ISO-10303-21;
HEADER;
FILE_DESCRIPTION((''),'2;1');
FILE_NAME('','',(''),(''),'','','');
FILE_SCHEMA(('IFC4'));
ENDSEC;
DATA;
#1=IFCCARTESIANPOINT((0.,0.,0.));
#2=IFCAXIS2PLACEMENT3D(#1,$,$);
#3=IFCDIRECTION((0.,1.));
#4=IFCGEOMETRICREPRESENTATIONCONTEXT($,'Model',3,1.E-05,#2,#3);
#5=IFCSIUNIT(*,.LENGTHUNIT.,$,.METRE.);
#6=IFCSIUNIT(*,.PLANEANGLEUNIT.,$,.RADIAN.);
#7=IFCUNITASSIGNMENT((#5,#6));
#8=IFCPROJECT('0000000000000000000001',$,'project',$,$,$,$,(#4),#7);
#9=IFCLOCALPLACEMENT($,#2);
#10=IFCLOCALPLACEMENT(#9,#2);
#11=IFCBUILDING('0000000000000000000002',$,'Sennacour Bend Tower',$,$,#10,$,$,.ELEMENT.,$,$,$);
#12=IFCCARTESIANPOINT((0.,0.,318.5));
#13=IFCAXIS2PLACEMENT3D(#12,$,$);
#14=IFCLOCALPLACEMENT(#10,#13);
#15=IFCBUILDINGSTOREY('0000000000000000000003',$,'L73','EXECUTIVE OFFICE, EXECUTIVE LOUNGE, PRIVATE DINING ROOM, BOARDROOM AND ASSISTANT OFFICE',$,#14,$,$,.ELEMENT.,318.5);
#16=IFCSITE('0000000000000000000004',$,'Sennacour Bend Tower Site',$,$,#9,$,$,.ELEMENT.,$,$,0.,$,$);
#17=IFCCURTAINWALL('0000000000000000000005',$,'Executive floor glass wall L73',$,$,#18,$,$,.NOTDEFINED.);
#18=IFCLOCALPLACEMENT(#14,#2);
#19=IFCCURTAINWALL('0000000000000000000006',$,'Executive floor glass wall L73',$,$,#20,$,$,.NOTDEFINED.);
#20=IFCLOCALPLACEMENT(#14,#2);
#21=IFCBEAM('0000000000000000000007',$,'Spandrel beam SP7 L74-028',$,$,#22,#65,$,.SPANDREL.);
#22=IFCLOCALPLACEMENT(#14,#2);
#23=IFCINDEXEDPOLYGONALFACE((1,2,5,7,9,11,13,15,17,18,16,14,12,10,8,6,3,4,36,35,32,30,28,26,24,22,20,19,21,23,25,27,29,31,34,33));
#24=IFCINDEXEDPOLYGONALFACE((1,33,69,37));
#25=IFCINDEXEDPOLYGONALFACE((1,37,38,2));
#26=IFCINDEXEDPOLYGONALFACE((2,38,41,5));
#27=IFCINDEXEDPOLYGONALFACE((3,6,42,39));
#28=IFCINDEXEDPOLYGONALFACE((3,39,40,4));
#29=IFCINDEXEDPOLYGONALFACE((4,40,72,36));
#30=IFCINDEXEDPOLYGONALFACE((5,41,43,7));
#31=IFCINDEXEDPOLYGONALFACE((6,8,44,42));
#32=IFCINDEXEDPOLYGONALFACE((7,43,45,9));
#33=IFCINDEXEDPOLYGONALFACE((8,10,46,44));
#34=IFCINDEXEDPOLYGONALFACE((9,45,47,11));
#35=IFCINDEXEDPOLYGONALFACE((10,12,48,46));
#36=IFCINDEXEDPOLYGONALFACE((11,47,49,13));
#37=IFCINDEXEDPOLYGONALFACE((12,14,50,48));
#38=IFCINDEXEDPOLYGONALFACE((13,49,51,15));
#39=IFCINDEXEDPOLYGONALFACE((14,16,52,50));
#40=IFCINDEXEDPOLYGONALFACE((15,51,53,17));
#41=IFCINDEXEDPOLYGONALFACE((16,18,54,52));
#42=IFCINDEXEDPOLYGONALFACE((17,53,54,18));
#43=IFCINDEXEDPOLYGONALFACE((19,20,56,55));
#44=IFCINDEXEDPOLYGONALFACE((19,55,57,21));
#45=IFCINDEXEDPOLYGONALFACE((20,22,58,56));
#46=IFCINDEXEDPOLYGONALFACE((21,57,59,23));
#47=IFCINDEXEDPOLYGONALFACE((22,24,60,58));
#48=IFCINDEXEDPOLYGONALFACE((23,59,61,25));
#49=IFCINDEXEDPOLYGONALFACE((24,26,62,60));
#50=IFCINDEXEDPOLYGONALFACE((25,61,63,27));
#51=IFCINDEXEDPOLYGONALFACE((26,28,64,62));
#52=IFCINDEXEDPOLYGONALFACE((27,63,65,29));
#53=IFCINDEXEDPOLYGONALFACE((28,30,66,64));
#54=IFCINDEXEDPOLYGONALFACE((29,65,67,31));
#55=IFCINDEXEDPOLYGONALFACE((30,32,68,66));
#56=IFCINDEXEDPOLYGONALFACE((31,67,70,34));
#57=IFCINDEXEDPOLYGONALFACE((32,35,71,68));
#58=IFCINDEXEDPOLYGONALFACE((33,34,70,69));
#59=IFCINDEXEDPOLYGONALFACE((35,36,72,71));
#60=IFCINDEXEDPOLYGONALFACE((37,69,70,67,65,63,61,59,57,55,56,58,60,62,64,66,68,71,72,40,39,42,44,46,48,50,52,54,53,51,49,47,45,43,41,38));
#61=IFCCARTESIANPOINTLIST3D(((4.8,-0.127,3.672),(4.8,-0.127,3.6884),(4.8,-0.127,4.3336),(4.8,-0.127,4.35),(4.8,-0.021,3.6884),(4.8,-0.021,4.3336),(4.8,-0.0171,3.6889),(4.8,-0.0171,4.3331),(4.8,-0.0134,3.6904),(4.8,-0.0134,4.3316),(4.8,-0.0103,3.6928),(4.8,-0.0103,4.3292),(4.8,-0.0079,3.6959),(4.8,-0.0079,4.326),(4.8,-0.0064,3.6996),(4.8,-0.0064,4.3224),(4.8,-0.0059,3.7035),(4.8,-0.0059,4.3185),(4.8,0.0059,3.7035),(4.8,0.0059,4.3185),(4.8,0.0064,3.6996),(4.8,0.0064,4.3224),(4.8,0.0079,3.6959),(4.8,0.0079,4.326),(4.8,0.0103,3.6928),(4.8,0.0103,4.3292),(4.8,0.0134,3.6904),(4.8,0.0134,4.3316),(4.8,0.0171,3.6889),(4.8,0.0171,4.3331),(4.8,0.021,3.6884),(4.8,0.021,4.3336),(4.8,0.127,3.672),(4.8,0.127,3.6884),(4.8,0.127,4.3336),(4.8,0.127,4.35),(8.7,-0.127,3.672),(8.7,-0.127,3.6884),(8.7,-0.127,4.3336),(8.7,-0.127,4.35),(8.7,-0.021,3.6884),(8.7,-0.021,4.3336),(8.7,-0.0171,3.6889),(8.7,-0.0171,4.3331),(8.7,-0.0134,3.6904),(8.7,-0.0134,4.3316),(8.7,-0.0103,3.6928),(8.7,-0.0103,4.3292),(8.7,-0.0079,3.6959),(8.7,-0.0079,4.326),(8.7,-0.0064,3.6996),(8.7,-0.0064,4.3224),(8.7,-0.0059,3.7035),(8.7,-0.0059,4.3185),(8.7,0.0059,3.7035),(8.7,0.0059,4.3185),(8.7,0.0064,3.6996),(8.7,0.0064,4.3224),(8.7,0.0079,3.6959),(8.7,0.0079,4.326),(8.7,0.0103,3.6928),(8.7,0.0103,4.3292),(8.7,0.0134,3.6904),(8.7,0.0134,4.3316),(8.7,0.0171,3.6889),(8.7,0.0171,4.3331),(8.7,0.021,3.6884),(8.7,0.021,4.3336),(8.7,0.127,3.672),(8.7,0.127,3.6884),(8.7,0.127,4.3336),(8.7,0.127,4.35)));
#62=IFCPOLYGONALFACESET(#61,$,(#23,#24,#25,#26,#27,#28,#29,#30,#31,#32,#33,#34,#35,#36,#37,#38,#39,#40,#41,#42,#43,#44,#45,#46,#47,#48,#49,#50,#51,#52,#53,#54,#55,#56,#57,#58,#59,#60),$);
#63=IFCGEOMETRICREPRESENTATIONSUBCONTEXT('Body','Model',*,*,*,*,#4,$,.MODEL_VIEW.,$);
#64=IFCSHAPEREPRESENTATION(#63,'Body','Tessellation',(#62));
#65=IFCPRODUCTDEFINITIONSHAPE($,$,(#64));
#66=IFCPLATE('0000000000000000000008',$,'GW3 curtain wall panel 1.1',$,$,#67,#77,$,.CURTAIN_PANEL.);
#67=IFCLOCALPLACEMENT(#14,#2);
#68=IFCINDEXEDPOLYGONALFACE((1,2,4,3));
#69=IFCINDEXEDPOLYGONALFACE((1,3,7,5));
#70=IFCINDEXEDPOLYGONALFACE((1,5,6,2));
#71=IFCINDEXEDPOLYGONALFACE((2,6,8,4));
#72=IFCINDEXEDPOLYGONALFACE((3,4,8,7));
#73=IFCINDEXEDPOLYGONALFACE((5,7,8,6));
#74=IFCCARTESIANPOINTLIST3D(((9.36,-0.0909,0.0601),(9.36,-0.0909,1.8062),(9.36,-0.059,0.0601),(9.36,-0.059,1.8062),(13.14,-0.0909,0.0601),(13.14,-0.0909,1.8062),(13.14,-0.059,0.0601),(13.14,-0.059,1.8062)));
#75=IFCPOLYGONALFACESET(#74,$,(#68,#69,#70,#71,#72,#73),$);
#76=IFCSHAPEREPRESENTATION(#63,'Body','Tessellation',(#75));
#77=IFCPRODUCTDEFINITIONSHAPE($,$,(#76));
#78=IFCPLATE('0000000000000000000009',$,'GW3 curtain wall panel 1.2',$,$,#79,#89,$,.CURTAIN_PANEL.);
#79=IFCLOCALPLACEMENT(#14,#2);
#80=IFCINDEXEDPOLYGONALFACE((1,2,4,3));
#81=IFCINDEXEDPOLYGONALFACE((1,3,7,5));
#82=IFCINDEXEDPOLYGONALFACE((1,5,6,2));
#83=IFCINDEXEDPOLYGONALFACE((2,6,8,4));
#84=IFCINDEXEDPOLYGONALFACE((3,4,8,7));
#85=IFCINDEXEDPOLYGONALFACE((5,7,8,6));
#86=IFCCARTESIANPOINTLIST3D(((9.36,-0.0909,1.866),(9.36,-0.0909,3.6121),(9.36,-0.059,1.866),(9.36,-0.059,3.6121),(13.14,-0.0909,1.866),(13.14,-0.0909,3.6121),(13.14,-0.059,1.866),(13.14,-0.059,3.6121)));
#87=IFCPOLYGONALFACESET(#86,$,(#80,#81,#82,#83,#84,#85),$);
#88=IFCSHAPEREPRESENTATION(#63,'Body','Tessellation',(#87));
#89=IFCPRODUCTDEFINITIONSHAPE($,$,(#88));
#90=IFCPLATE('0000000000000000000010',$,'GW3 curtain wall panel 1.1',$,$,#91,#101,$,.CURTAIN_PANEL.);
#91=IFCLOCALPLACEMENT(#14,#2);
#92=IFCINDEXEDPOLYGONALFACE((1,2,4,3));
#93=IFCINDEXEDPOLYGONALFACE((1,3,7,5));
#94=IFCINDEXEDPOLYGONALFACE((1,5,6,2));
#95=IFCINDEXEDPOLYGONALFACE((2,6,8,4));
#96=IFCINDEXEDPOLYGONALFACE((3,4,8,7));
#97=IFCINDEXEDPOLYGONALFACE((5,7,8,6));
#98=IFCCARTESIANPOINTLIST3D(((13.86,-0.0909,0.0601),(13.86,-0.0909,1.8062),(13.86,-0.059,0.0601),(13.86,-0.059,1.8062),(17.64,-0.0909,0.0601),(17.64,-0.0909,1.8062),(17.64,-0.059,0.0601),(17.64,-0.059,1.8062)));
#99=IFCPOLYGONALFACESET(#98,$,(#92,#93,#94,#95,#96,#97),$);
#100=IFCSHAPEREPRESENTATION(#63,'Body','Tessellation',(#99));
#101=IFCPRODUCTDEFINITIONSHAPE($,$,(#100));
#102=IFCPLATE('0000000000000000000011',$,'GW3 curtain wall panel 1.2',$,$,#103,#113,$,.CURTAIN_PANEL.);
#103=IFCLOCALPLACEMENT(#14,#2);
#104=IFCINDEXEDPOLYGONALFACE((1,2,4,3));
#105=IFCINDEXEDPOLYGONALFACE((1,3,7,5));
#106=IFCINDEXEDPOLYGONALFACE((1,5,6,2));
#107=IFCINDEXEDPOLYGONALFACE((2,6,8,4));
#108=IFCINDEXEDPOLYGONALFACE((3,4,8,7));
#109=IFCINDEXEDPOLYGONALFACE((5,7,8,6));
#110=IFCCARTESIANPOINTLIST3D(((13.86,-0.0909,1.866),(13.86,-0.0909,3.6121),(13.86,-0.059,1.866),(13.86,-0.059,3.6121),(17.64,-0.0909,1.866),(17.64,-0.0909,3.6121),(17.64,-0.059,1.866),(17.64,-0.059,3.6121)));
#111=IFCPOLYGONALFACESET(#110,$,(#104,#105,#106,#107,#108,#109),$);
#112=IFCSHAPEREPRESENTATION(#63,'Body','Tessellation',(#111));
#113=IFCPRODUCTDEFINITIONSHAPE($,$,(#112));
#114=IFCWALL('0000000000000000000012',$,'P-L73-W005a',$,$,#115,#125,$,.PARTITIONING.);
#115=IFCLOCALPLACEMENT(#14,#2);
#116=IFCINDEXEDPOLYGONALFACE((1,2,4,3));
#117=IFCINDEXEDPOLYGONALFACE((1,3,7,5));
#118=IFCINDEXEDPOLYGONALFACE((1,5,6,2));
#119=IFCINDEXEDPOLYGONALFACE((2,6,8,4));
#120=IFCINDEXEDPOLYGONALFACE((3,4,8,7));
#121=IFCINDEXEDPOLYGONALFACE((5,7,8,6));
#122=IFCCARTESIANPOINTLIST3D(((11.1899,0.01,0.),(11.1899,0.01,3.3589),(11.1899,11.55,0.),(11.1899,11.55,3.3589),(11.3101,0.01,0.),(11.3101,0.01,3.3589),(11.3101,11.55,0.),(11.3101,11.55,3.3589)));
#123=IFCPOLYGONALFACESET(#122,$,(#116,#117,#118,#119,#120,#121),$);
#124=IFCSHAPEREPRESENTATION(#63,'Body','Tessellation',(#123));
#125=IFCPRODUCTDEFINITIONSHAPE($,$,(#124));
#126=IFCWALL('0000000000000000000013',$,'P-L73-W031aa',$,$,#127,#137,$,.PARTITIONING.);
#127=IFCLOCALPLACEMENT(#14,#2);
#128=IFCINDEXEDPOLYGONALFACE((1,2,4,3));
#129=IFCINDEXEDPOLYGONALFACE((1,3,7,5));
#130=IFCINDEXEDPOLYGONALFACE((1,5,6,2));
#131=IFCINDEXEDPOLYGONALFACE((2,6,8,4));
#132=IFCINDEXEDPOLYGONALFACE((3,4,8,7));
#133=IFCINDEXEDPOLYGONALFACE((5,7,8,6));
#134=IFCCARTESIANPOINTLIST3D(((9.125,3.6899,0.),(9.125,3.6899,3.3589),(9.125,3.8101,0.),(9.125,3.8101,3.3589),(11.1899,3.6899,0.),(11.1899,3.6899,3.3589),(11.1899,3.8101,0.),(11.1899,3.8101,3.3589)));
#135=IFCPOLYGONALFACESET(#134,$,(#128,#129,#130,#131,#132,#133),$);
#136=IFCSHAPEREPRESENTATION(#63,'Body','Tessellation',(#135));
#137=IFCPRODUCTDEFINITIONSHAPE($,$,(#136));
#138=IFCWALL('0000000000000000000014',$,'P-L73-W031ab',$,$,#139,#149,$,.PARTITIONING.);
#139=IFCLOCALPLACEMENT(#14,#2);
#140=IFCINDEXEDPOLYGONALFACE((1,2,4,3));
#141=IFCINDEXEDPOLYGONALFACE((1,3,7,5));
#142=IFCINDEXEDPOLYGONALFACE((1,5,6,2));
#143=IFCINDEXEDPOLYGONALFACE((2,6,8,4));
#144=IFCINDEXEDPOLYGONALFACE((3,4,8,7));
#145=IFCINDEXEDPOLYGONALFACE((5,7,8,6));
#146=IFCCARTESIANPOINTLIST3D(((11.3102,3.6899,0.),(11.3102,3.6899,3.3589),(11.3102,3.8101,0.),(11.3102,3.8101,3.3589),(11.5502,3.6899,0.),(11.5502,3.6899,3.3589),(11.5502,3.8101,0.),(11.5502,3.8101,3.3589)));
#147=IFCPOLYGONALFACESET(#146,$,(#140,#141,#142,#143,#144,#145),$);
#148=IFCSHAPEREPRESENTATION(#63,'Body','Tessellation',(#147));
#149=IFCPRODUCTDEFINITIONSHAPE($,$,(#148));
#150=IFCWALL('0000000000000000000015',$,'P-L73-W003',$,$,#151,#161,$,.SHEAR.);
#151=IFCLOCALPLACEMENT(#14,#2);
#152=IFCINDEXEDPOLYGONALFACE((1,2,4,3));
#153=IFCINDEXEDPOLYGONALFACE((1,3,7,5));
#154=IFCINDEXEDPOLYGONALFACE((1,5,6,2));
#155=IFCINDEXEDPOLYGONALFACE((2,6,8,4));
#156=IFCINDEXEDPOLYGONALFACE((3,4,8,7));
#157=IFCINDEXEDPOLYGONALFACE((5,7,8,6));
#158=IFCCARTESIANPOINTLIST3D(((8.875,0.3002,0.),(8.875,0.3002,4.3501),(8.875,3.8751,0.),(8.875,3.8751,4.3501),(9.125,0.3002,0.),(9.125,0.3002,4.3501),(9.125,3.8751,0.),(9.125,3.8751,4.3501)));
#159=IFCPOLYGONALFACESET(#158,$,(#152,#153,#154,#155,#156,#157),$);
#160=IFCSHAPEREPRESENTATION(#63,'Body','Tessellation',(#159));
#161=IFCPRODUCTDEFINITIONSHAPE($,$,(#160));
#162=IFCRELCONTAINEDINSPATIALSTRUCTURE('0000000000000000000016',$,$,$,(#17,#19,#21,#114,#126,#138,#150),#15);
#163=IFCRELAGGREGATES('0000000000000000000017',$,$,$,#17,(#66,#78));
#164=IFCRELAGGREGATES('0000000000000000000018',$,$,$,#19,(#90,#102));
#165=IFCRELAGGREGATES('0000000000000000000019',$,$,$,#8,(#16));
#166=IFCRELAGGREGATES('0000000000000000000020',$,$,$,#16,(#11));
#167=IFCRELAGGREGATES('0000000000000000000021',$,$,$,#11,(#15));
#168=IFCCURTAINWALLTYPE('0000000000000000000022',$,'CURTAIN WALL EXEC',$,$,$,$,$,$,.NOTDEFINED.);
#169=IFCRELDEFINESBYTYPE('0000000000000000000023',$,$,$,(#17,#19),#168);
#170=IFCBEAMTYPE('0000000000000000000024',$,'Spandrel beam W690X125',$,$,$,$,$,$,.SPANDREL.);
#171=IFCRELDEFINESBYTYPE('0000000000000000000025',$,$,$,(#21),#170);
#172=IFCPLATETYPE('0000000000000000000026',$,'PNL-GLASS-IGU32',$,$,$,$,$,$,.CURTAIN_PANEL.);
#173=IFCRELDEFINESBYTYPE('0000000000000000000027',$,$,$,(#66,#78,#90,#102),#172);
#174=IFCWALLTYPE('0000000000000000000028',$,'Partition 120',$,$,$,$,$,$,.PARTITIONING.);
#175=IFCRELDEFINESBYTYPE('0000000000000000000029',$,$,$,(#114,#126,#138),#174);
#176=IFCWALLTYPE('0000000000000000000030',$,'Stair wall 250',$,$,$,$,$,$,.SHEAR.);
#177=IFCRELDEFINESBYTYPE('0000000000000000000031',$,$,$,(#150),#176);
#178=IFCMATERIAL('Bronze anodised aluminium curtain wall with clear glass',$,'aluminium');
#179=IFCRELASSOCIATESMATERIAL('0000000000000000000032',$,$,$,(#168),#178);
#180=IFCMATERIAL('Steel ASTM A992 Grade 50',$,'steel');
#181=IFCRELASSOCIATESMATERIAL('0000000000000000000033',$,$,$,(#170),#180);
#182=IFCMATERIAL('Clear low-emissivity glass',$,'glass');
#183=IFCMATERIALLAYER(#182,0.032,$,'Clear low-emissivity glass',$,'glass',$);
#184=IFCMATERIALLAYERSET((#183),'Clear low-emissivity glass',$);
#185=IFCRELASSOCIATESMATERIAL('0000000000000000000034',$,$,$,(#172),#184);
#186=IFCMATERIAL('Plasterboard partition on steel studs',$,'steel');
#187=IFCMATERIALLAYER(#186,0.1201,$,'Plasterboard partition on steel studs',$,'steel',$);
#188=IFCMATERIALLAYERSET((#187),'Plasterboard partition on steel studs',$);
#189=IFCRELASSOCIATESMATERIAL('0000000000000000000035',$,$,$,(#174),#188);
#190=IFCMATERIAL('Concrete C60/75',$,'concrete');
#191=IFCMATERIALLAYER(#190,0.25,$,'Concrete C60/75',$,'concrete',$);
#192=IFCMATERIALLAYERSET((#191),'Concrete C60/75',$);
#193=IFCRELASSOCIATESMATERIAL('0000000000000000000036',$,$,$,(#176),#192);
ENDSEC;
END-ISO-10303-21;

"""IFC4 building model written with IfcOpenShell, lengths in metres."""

from ifc_helpers import new_model, si_unit, direction, frame, frame_2d, origin, origin_2d, place, context, subcontext, project, spatial, rectangle, i_section, extrude, material, layer, layer_set, material_profile, profile_set, type_object, element, aggregate, save


model = new_model("IFC4")

# Units and contexts
model_context = context("Model", 3, precision=1e-05, world=origin(), true_north=direction((0.0, 1.0)))
body_context = subcontext(model_context, "Body", "Model", "MODEL_VIEW")
ifc_project = project(units=[si_unit("LENGTHUNIT", "METRE"), si_unit("PLANEANGLEUNIT", "RADIAN")], contexts=[model_context])

# Site, building, storey
site_placement = place(None, origin())
site = spatial("IfcSite", under=ifc_project, at=site_placement, Name="Sennacour Bend Tower Site", CompositionType="ELEMENT", RefElevation=0.0)
building_placement = place(site_placement, origin())
building = spatial("IfcBuilding", under=site, at=building_placement, Name="Sennacour Bend Tower", CompositionType="ELEMENT")
storey_placement = place(building_placement, frame((0.0, 0.0, 318.5)))
storey = spatial("IfcBuildingStorey", under=building, at=storey_placement, Name="L73", Description="EXECUTIVE OFFICE, EXECUTIVE LOUNGE, PRIVATE DINING ROOM, BOARDROOM AND ASSISTANT OFFICE", CompositionType="ELEMENT", Elevation=318.5)

# Shared definitions
ifc_material_1 = material(Name="Bronze anodised aluminium curtain wall with clear glass", Category="aluminium")
curtain_wall_type = type_object("IfcCurtainWallType", Name="CURTAIN WALL EXEC", PredefinedType="NOTDEFINED", material=ifc_material_1)

# Curtain wall
curtain_wall_1_placement = place(storey_placement, origin())
curtain_wall_1 = element("IfcCurtainWall", 1, at=curtain_wall_1_placement, inside=storey, type_object=curtain_wall_type, Name="Executive floor glass wall L73", PredefinedType="NOTDEFINED")

# Curtain wall
curtain_wall_2_placement = place(storey_placement, origin())
curtain_wall_2 = element("IfcCurtainWall", 2, at=curtain_wall_2_placement, inside=storey, type_object=curtain_wall_type, Name="Executive floor glass wall L73", PredefinedType="NOTDEFINED")

# Beam
ifc_material_2 = material(Name="Steel ASTM A992 Grade 50", Category="steel")
ifc_material_profile_1 = material_profile(ifc_material_2, i_section(OverallWidth=0.2539, OverallDepth=0.678, WebThickness=0.0117, FlangeThickness=0.0164, FilletRadius=0.0151, at=origin_2d()), Name="Steel ASTM A992 Grade 50", Category="steel")
ifc_profile_set_1 = profile_set([ifc_material_profile_1], Name="Steel ASTM A992 Grade 50")
beam_type_1 = type_object("IfcBeamType", Name="Spandrel beam W690X125", PredefinedType="SPANDREL", material=ifc_profile_set_1)
for number, where, z_axis, x_axis, name in (
    (3, (8.7, 0.0, 4.011), (-1.0, 0.0, 0.0), (0.0, -1.0, 0.0), "Spandrel beam SP7 L74-028"),
):
    element("IfcBeam", number, at=place(storey_placement, frame(where, z_axis=z_axis, x_axis=x_axis)), inside=storey, type_object=beam_type_1, Name=name, PredefinedType="SPANDREL", context=body_context, shape_type="SweptSolid", body=[
        extrude(i_section(OverallWidth=0.2539, OverallDepth=0.678, WebThickness=0.0117, FlangeThickness=0.0164, FilletRadius=0.0151, at=origin_2d()), origin(), (0.0, 0.0, 1.0), 3.8999),
    ])

# Plates
ifc_material_3 = material(Name="Clear low-emissivity glass", Category="glass")
ifc_layer_1 = layer(ifc_material_3, 0.032, Name="Clear low-emissivity glass", Category="glass")
ifc_layer_set_1 = layer_set([ifc_layer_1], Name="Clear low-emissivity glass")
plate_type = type_object("IfcPlateType", Name="PNL-GLASS-IGU32", PredefinedType="CURTAIN_PANEL", material=ifc_layer_set_1)
plate_1_placement = place(storey_placement, frame((11.25, -0.075, 0.0601), z_axis=(0.0, 0.0, 1.0), x_axis=(1.0, 0.0, 0.0)))
plate_1 = element("IfcPlate", 4, at=plate_1_placement, type_object=plate_type, Name="GW3 curtain wall panel 1.1", PredefinedType="CURTAIN_PANEL", context=body_context, shape_type="SweptSolid", body=[
    extrude(rectangle(XDim=3.78, YDim=0.032, at=origin_2d()), origin(), (0.0, 0.0, 1.0), 1.7461),
])
plate_2_placement = place(storey_placement, frame((11.25, -0.075, 1.866), z_axis=(0.0, 0.0, 1.0), x_axis=(1.0, 0.0, 0.0)))
plate_2 = element("IfcPlate", 5, at=plate_2_placement, type_object=plate_type, Name="GW3 curtain wall panel 1.2", PredefinedType="CURTAIN_PANEL", context=body_context, shape_type="SweptSolid", body=[
    extrude(rectangle(XDim=3.78, YDim=0.032, at=origin_2d()), origin(), (0.0, 0.0, 1.0), 1.7461),
])
aggregate(curtain_wall_1, [plate_1, plate_2])
plate_3_placement = place(storey_placement, frame((15.75, -0.075, 0.0601), z_axis=(0.0, 0.0, 1.0), x_axis=(1.0, 0.0, 0.0)))
plate_3 = element("IfcPlate", 6, at=plate_3_placement, type_object=plate_type, Name="GW3 curtain wall panel 1.1", PredefinedType="CURTAIN_PANEL", context=body_context, shape_type="SweptSolid", body=[
    extrude(rectangle(XDim=3.78, YDim=0.032, at=origin_2d()), origin(), (0.0, 0.0, 1.0), 1.7461),
])
plate_4_placement = place(storey_placement, frame((15.75, -0.075, 1.866), z_axis=(0.0, 0.0, 1.0), x_axis=(1.0, 0.0, 0.0)))
plate_4 = element("IfcPlate", 7, at=plate_4_placement, type_object=plate_type, Name="GW3 curtain wall panel 1.2", PredefinedType="CURTAIN_PANEL", context=body_context, shape_type="SweptSolid", body=[
    extrude(rectangle(XDim=3.78, YDim=0.032, at=origin_2d()), origin(), (0.0, 0.0, 1.0), 1.7461),
])
aggregate(curtain_wall_2, [plate_3, plate_4])

# Walls
ifc_material_4 = material(Name="Plasterboard partition on steel studs", Category="steel")
ifc_layer_2 = layer(ifc_material_4, 0.1201, Name="Plasterboard partition on steel studs", Category="steel")
ifc_layer_set_2 = layer_set([ifc_layer_2], Name="Plasterboard partition on steel studs")
wall_type_1 = type_object("IfcWallType", Name="Partition 120", PredefinedType="PARTITIONING", material=ifc_layer_set_2)
wall_1_placement = place(storey_placement, frame((11.25, 0.01, 0.0), z_axis=(0.0, 0.0, 1.0), x_axis=(0.0, 1.0, 0.0)))
element("IfcWall", 8, at=wall_1_placement, inside=storey, type_object=wall_type_1, Name="P-L73-W005a", PredefinedType="PARTITIONING", context=body_context, shape_type="SweptSolid", body=[
    extrude(rectangle(XDim=11.54, YDim=0.1201, at=frame_2d((5.77, 0.0))), origin(), (0.0, 0.0, 1.0), 3.3589),
])
wall_2_placement = place(storey_placement, frame((9.125, 3.75, 0.0), z_axis=(0.0, 0.0, 1.0), x_axis=(1.0, 0.0, 0.0)))
element("IfcWall", 9, at=wall_2_placement, inside=storey, type_object=wall_type_1, Name="P-L73-W031aa", PredefinedType="PARTITIONING", context=body_context, shape_type="SweptSolid", body=[
    extrude(rectangle(XDim=2.0649, YDim=0.1201, at=frame_2d((1.0325, 0.0))), origin(), (0.0, 0.0, 1.0), 3.3589),
])
wall_3_placement = place(storey_placement, frame((11.3101, 3.75, 0.0), z_axis=(0.0, 0.0, 1.0), x_axis=(1.0, 0.0, 0.0)))
element("IfcWall", 10, at=wall_3_placement, inside=storey, type_object=wall_type_1, Name="P-L73-W031ab", PredefinedType="PARTITIONING", context=body_context, shape_type="SweptSolid", body=[
    extrude(rectangle(XDim=0.24, YDim=0.1201, at=frame_2d((0.1201, 0.0))), origin(), (0.0, 0.0, 1.0), 3.3589),
])
ifc_material_5 = material(Name="Concrete C60/75", Category="concrete")
ifc_layer_3 = layer(ifc_material_5, 0.25, Name="Concrete C60/75", Category="concrete")
ifc_layer_set_3 = layer_set([ifc_layer_3], Name="Concrete C60/75")
wall_type_2 = type_object("IfcWallType", Name="Stair wall 250", PredefinedType="SHEAR", material=ifc_layer_set_3)
wall_4_placement = place(storey_placement, frame((9.0, 0.3, 0.0), z_axis=(0.0, 0.0, 1.0), x_axis=(0.0, 1.0, 0.0)))
element("IfcWall", 11, at=wall_4_placement, inside=storey, type_object=wall_type_2, Name="P-L73-W003", PredefinedType="SHEAR", context=body_context, shape_type="SweptSolid", body=[
    extrude(rectangle(XDim=3.575, YDim=0.25, at=frame_2d((1.7876, 0.0))), origin(), (0.0, 0.0, 1.0), 4.3501),
])

save(model, "model.ifc")
